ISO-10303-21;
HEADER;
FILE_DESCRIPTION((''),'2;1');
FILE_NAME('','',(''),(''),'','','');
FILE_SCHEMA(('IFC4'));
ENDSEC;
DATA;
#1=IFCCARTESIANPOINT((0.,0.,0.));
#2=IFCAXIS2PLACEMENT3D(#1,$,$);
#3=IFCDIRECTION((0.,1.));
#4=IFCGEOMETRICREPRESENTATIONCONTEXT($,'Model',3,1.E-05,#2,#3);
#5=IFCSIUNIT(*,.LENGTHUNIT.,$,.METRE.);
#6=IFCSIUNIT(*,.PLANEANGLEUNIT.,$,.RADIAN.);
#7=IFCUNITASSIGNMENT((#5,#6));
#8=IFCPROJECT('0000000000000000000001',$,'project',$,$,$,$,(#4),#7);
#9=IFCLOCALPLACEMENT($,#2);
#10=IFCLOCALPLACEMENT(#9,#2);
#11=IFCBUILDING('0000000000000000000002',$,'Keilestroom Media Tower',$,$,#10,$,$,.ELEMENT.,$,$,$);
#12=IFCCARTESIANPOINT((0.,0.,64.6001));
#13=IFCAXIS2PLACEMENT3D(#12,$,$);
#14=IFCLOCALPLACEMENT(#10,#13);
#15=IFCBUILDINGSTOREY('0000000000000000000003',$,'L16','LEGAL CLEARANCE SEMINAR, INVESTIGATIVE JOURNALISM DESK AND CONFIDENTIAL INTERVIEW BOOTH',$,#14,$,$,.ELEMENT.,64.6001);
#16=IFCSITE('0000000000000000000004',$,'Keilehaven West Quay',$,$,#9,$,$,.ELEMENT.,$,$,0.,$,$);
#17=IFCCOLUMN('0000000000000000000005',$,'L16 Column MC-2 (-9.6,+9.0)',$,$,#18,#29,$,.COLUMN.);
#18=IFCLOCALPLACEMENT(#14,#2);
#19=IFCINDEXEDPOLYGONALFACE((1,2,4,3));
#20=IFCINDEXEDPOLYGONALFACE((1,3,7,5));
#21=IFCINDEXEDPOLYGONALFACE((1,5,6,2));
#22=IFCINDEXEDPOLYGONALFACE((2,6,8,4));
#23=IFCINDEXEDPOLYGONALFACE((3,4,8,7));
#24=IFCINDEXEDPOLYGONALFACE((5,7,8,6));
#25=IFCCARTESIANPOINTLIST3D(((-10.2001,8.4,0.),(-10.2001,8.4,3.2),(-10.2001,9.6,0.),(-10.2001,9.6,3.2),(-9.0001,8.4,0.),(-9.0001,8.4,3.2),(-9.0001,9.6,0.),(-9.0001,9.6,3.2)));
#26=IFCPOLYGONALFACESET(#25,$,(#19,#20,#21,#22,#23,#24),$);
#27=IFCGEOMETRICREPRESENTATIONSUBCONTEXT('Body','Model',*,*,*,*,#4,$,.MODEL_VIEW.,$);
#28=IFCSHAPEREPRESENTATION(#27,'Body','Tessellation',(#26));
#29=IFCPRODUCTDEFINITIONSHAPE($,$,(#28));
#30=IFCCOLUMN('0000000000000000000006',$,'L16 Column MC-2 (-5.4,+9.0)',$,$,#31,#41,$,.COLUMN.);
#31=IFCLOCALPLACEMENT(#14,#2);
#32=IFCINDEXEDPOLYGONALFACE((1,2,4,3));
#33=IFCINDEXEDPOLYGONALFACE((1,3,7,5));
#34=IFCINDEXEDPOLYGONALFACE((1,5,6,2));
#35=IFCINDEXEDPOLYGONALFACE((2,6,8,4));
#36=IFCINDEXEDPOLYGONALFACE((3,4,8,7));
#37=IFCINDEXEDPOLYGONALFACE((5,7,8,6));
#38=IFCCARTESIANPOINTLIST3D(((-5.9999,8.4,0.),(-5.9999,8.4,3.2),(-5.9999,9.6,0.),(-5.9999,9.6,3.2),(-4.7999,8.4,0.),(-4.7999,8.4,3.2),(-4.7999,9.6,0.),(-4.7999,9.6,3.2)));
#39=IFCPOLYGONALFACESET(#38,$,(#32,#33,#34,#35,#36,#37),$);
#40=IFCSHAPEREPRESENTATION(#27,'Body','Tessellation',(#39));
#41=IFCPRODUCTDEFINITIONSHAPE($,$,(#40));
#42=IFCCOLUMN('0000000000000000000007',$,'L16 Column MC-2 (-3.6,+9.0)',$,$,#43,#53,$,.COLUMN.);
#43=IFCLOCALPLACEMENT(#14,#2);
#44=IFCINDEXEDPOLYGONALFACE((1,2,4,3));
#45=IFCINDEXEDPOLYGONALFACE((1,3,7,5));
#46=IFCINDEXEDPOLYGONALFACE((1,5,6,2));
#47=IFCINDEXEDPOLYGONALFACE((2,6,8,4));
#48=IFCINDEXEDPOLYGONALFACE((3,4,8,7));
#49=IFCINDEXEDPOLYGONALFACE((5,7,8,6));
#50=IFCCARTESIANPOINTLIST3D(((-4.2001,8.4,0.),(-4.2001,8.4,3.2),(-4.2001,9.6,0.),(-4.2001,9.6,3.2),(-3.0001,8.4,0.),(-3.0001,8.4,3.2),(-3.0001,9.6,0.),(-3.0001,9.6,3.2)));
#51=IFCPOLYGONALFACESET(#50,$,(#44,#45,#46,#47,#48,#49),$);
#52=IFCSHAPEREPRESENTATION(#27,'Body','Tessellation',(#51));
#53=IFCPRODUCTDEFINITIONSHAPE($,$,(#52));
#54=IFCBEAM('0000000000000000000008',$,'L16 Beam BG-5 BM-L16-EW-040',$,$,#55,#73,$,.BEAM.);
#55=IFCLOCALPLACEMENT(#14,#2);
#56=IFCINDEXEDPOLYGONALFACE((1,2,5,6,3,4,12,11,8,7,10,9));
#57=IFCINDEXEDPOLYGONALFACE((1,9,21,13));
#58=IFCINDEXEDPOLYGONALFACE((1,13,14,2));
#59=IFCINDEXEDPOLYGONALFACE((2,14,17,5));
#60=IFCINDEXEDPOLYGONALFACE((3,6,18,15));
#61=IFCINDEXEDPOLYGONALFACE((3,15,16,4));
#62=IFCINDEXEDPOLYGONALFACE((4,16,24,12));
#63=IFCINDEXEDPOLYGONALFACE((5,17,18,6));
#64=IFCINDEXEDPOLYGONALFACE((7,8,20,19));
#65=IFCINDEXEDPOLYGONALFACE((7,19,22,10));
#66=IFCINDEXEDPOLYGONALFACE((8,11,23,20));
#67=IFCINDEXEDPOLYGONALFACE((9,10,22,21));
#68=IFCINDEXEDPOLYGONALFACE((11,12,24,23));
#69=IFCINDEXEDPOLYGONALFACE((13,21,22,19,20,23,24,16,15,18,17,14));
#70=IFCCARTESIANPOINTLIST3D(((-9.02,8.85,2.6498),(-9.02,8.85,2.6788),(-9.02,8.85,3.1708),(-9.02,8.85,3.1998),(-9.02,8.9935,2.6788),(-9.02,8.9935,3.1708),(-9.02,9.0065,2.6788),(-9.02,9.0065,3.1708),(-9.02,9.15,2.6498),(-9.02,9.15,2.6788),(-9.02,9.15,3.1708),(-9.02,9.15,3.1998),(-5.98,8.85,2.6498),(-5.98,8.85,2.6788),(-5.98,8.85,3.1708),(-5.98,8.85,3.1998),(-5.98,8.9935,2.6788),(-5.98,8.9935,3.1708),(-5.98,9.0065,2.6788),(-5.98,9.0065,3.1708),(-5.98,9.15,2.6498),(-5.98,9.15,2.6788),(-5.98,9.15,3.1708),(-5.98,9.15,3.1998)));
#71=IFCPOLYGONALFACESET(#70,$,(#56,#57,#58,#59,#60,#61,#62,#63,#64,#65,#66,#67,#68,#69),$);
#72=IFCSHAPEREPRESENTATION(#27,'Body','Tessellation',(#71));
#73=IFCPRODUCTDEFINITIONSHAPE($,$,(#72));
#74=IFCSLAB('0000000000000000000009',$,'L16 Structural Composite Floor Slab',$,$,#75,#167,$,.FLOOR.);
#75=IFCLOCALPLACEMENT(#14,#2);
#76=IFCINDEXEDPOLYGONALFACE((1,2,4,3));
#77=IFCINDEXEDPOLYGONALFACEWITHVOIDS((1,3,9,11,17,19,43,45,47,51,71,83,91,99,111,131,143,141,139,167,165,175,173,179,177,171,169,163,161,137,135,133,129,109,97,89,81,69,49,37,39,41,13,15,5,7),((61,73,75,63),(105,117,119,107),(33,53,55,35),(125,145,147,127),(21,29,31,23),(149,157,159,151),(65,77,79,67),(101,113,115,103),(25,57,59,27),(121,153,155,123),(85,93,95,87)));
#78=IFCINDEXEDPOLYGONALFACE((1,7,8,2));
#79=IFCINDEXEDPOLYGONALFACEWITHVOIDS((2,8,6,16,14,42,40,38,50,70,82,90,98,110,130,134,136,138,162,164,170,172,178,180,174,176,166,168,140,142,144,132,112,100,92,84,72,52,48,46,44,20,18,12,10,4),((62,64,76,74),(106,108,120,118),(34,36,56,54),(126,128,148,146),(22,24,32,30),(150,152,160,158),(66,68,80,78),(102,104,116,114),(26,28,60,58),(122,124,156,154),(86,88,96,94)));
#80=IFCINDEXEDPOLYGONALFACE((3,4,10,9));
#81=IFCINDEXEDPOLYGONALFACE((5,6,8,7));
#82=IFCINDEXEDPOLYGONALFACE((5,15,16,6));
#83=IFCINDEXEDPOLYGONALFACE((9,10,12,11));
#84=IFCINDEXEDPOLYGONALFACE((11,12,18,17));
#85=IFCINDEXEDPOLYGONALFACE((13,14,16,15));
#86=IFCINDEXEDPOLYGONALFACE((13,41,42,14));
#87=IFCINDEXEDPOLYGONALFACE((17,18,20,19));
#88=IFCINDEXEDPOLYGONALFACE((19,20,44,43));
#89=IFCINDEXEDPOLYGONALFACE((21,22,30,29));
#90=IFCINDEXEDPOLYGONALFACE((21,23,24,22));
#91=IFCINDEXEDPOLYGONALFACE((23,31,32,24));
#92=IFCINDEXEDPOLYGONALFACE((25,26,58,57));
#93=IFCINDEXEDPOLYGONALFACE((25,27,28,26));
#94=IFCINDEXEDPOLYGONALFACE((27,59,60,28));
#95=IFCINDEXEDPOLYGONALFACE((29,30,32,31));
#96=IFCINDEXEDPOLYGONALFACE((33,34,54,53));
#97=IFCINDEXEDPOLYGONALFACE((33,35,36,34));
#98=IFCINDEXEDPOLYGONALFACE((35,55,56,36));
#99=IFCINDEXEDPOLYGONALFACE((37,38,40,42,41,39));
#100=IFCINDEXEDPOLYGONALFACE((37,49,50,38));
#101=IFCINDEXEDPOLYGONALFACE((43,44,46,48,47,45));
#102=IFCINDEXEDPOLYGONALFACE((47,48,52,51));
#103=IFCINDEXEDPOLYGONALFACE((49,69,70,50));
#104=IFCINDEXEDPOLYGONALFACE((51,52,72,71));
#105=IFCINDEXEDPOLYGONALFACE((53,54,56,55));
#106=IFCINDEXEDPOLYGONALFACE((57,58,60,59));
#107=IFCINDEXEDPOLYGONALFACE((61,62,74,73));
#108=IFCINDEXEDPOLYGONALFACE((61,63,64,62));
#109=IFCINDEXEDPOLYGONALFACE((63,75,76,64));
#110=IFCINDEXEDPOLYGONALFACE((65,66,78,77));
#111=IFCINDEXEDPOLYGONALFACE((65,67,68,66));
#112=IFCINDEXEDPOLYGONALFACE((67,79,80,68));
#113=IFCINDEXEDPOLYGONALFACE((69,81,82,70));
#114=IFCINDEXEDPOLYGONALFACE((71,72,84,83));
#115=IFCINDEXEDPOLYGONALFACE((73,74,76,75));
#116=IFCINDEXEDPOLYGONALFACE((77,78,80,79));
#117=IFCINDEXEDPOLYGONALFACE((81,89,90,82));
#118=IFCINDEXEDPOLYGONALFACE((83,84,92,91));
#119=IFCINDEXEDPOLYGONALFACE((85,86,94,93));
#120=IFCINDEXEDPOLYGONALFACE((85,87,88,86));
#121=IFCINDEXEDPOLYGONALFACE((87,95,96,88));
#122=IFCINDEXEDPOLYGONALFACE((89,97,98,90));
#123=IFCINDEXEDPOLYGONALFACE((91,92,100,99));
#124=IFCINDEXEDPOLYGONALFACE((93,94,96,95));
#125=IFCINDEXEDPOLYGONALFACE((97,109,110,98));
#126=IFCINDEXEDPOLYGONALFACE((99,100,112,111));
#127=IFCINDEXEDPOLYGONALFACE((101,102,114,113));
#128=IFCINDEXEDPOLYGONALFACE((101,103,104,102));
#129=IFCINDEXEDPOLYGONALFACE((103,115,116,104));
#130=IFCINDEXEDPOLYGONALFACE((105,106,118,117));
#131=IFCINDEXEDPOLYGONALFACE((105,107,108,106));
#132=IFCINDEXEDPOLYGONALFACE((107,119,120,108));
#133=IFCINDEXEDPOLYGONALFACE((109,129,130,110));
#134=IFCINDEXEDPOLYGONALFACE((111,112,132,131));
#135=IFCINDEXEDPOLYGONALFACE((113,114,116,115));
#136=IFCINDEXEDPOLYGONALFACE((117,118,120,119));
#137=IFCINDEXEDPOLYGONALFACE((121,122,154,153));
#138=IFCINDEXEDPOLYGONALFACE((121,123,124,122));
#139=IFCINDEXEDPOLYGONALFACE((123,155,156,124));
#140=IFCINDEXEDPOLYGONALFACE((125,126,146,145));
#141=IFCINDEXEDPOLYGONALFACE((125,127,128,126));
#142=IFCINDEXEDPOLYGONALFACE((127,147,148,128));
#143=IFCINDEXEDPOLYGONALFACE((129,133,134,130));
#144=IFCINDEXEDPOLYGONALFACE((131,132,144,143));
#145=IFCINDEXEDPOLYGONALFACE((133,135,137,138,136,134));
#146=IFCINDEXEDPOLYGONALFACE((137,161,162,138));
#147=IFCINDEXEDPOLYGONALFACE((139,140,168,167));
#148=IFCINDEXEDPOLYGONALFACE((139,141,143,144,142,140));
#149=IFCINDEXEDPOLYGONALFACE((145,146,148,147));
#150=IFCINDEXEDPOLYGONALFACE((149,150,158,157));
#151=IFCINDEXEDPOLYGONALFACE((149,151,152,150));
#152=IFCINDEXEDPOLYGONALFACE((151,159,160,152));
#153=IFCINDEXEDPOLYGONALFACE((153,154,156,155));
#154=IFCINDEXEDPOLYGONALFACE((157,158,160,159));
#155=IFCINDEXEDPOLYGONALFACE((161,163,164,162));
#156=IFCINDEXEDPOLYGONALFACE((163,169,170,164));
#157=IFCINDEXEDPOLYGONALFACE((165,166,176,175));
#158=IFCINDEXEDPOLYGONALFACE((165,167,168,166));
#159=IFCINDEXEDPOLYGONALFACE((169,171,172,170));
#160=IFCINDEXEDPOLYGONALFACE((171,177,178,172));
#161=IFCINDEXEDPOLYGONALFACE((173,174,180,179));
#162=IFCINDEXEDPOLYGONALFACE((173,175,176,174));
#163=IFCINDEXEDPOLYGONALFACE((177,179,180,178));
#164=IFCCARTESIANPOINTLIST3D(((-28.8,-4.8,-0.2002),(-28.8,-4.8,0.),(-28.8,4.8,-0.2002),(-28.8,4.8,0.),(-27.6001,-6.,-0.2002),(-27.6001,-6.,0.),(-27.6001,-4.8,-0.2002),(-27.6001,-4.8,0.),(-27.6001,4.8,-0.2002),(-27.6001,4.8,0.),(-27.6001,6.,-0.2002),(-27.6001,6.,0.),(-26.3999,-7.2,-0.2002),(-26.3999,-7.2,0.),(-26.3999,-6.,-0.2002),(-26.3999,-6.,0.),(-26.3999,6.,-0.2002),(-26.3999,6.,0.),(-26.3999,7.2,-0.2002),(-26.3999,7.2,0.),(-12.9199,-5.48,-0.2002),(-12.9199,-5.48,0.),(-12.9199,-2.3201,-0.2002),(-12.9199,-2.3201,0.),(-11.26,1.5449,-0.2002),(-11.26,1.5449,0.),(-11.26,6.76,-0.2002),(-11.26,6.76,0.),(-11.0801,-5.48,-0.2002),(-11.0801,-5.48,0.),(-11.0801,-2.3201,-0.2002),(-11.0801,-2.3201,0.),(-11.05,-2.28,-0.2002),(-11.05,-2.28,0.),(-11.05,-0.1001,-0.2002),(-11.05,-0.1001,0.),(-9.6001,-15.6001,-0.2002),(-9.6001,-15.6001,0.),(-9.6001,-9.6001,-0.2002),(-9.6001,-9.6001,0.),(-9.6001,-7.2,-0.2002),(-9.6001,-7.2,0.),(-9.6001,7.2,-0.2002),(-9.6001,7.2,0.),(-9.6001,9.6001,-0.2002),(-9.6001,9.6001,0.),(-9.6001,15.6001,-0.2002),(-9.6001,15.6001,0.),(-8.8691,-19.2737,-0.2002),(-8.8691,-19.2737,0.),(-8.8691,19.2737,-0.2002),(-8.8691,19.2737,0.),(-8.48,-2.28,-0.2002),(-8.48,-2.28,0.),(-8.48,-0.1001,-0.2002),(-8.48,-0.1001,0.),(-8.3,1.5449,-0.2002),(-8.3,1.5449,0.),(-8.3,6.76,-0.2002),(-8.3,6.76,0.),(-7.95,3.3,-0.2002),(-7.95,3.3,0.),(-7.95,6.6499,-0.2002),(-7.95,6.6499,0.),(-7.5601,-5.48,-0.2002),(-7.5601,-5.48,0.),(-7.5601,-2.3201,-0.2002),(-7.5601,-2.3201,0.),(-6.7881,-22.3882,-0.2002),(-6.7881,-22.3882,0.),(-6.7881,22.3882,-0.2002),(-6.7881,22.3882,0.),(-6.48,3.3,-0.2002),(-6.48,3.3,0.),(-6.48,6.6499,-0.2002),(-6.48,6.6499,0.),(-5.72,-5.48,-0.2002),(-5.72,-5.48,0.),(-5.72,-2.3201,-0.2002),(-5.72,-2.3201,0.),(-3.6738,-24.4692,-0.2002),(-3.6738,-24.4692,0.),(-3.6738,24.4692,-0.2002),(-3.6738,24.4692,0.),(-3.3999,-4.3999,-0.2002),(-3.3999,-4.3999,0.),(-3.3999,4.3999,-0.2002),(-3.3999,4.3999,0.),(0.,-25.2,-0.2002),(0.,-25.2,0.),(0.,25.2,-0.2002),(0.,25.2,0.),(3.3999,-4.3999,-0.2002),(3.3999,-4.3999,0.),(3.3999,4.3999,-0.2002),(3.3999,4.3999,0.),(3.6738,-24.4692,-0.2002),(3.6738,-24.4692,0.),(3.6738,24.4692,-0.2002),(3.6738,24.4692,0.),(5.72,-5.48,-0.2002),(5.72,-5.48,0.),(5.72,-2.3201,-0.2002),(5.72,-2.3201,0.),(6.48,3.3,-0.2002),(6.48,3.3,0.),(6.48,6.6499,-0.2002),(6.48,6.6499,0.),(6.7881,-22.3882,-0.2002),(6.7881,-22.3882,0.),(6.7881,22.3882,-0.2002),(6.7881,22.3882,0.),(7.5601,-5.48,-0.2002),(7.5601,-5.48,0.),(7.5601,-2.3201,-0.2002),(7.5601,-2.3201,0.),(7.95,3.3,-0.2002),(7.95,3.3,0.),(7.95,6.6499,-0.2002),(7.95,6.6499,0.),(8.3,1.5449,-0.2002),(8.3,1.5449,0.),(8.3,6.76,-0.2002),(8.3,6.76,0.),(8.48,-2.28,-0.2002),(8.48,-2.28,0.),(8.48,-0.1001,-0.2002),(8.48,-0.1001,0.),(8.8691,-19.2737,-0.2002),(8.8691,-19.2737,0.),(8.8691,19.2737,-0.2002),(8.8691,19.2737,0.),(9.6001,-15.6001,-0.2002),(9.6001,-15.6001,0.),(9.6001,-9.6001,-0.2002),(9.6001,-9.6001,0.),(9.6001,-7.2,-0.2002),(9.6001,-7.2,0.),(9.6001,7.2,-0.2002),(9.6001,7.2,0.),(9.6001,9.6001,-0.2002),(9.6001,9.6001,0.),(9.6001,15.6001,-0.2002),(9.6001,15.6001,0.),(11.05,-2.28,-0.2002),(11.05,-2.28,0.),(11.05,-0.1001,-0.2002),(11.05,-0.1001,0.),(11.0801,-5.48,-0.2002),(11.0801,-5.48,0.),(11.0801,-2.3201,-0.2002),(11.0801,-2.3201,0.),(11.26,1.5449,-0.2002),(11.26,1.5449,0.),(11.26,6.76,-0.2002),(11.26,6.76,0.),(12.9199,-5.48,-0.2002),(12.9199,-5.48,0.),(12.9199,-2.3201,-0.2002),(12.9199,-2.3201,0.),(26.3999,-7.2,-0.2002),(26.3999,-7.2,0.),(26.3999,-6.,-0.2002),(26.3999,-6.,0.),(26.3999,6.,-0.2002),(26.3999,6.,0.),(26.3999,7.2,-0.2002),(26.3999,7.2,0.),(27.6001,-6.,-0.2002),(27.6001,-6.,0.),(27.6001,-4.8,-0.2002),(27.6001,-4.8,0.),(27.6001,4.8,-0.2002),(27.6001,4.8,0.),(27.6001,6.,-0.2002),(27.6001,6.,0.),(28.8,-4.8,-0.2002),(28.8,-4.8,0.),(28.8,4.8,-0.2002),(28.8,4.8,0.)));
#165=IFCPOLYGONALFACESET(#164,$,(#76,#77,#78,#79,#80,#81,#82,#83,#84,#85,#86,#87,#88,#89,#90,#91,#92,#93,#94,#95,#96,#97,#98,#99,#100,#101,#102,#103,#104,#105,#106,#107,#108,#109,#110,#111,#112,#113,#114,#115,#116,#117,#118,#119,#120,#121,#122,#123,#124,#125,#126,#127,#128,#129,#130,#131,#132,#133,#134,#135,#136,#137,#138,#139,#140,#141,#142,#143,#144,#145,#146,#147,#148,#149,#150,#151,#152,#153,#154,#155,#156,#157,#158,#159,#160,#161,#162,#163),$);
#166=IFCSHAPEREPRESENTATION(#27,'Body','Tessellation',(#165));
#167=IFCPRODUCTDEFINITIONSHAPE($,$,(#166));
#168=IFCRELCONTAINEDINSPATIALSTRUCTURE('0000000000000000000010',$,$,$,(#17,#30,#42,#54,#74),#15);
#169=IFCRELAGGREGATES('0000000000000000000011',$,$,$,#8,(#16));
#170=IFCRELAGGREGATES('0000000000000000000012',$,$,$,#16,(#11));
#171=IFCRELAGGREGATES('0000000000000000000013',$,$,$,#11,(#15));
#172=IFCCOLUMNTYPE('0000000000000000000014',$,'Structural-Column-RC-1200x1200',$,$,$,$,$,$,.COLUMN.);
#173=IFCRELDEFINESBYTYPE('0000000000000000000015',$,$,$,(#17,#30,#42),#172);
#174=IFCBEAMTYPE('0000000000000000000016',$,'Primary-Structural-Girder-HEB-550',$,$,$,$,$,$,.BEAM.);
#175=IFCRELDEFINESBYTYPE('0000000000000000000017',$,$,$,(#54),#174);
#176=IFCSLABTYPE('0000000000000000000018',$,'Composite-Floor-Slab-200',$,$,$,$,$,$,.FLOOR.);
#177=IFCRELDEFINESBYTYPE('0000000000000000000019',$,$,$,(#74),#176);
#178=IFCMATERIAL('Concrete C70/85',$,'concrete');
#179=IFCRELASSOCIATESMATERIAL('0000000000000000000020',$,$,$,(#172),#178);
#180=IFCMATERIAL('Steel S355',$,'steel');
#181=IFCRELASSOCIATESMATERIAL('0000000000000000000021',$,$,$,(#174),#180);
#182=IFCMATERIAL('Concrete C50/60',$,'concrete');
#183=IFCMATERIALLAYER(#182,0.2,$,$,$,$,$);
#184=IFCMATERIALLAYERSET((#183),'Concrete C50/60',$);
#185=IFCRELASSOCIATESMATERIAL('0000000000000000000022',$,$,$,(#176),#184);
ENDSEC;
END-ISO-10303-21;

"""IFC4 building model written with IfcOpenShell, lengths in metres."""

from ifc_helpers import new_model, si_unit, direction, frame, origin, origin_2d, place, context, subcontext, project, spatial, polyline, rectangle, i_section, outline, extrude, source, transform, mapped, material, layer, layer_set, material_profile, profile_set, type_object, element, save


model = new_model("IFC4")

# Units and contexts
model_context = context("Model", 3, precision=1e-05, world=origin(), true_north=direction((0.0, 1.0)))
body_context = subcontext(model_context, "Body", "Model", "MODEL_VIEW")
ifc_project = project(units=[si_unit("LENGTHUNIT", "METRE"), si_unit("PLANEANGLEUNIT", "RADIAN")], contexts=[model_context])

# Site, building, storey
site_placement = place(None, origin())
site = spatial("IfcSite", under=ifc_project, at=site_placement, Name="Keilehaven West Quay", CompositionType="ELEMENT", RefElevation=0.0)
building_placement = place(site_placement, origin())
building = spatial("IfcBuilding", under=site, at=building_placement, Name="Keilestroom Media Tower", CompositionType="ELEMENT")
storey_placement = place(building_placement, frame((0.0, 0.0, 64.6001)))
storey = spatial("IfcBuildingStorey", under=building, at=storey_placement, Name="L16", Description="LEGAL CLEARANCE SEMINAR, INVESTIGATIVE JOURNALISM DESK AND CONFIDENTIAL INTERVIEW BOOTH", CompositionType="ELEMENT", Elevation=64.6001)

# Columns
ifc_material_1 = material(Name="Concrete C70/85", Category="concrete")
ifc_material_profile_1 = material_profile(ifc_material_1, rectangle(XDim=1.2, YDim=1.2, at=origin_2d()), Name="RC 1200x1200")
ifc_profile_set_1 = profile_set([ifc_material_profile_1], Name="Concrete C70/85")
column_type = type_object("IfcColumnType", Name="Structural-Column-RC-1200x1200", PredefinedType="COLUMN", material=ifc_profile_set_1)
shared_shape_1 = source(origin(), body_context, "Body", "SweptSolid", [
    extrude(rectangle(XDim=1.2, YDim=1.2, at=origin_2d()), origin(), (0.0, 0.0, 1.0), 3.2),
])
for number, where, z_axis, x_axis, name in (
    (1, (-9.6001, 9.0, 0.0), (0.0, 0.0, 1.0), (1.0, 0.0, 0.0), "L16 Column MC-2 (-9.6,+9.0)"),
    (2, (-5.3999, 9.0, 0.0), (0.0, 0.0, 1.0), (1.0, 0.0, 0.0), "L16 Column MC-2 (-5.4,+9.0)"),
    (3, (-3.6001, 9.0, 0.0), (0.0, 0.0, 1.0), (1.0, 0.0, 0.0), "L16 Column MC-2 (-3.6,+9.0)"),
):
    element("IfcColumn", number, at=place(storey_placement, frame(where, z_axis=z_axis, x_axis=x_axis)), inside=storey, type_object=column_type, Name=name, PredefinedType="COLUMN", context=body_context, shape_type="MappedRepresentation", body=[
        mapped(shared_shape_1, transform((0.0, 0.0, 0.0), x_axis=(1.0, 0.0, 0.0), y_axis=(0.0, 1.0, 0.0), z_axis=(0.0, 0.0, 1.0), scale=1.0)),
    ])

# Beam
ifc_material_2 = material(Name="Steel S355", Category="steel")
ifc_material_profile_2 = material_profile(ifc_material_2, i_section(OverallWidth=0.3, OverallDepth=0.55, WebThickness=0.0129, FlangeThickness=0.0291, at=origin_2d()), Name="HEB 550")
ifc_profile_set_2 = profile_set([ifc_material_profile_2], Name="Steel S355")
beam_type = type_object("IfcBeamType", Name="Primary-Structural-Girder-HEB-550", PredefinedType="BEAM", material=ifc_profile_set_2)
shared_shape_2 = source(origin(), body_context, "Body", "SweptSolid", [
    extrude(i_section(OverallWidth=0.3, OverallDepth=0.55, WebThickness=0.0129, FlangeThickness=0.0291, at=origin_2d()), origin(), (0.0, 0.0, 1.0), 3.04),
])
beam_placement = place(storey_placement, frame((-9.02, 9.0, 2.9248), z_axis=(1.0, 0.0, 0.0), x_axis=(0.0, 1.0, 0.0)))
element("IfcBeam", 4, at=beam_placement, inside=storey, type_object=beam_type, Name="L16 Beam BG-5 BM-L16-EW-040", PredefinedType="BEAM", context=body_context, shape_type="MappedRepresentation", body=[
    mapped(shared_shape_2, transform((0.0, 0.0, 0.0), x_axis=(1.0, 0.0, 0.0), y_axis=(0.0, 1.0, 0.0), z_axis=(0.0, 0.0, 1.0), scale=1.0)),
])

# Slab
ifc_material_3 = material(Name="Concrete C50/60", Category="concrete")
ifc_layer_1 = layer(ifc_material_3, 0.2)
ifc_layer_set_1 = layer_set([ifc_layer_1], Name="Concrete C50/60")
slab_type = type_object("IfcSlabType", Name="Composite-Floor-Slab-200", PredefinedType="FLOOR", material=ifc_layer_set_1)
slab_placement = place(storey_placement, frame((0.0, 0.0, -0.2002)))
element("IfcSlab", 5, at=slab_placement, inside=storey, type_object=slab_type, Name="L16 Structural Composite Floor Slab", PredefinedType="FLOOR", context=body_context, shape_type="SweptSolid", body=[
    extrude(outline(polyline([(28.8, -4.8), (28.8, 4.8), (27.6001, 4.8), (27.6001, 6.0), (26.3999, 6.0), (26.3999, 7.2), (9.6001, 7.2), (9.6001, 9.6001), (9.6001, 15.6001), (8.8691, 19.2737), (6.7881, 22.3882), (3.6738, 24.4692), (0.0, 25.2), (-3.6738, 24.4692), (-6.7881, 22.3882), (-8.8691, 19.2737), (-9.6001, 15.6001), (-9.6001, 9.6001), (-9.6001, 7.2), (-26.3999, 7.2), (-26.3999, 6.0), (-27.6001, 6.0), (-27.6001, 4.8), (-28.8, 4.8), (-28.8, -4.8), (-27.6001, -4.8), (-27.6001, -6.0), (-26.3999, -6.0), (-26.3999, -7.2), (-9.6001, -7.2), (-9.6001, -9.6001), (-9.6001, -15.6001), (-8.8691, -19.2737), (-6.7881, -22.3882), (-3.6738, -24.4692), (0.0, -25.2), (3.6738, -24.4692), (6.7881, -22.3882), (8.8691, -19.2737), (9.6001, -15.6001), (9.6001, -9.6001), (9.6001, -7.2), (26.3999, -7.2), (26.3999, -6.0), (27.6001, -6.0), (27.6001, -4.8), (28.8, -4.8)]), holes=[polyline([(-12.9199, -5.48), (-12.9199, -2.3201), (-11.0801, -2.3201), (-11.0801, -5.48), (-12.9199, -5.48)]), polyline([(-11.26, 1.5449), (-11.26, 6.76), (-8.3, 6.76), (-8.3, 1.5449), (-11.26, 1.5449)]), polyline([(-11.05, -2.28), (-11.05, -0.1001), (-8.48, -0.1001), (-8.48, -2.28), (-11.05, -2.28)]), polyline([(-7.95, 3.3), (-7.95, 6.6499), (-6.48, 6.6499), (-6.48, 3.3), (-7.95, 3.3)]), polyline([(-7.5601, -5.48), (-7.5601, -2.3201), (-5.72, -2.3201), (-5.72, -5.48), (-7.5601, -5.48)]), polyline([(-3.3999, -4.3999), (-3.3999, 4.3999), (3.3999, 4.3999), (3.3999, -4.3999), (-3.3999, -4.3999)]), polyline([(5.72, -5.48), (5.72, -2.3201), (7.5601, -2.3201), (7.5601, -5.48), (5.72, -5.48)]), polyline([(7.95, 6.6499), (7.95, 3.3), (6.48, 3.3), (6.48, 6.6499), (7.95, 6.6499)]), polyline([(8.3, 6.76), (11.26, 6.76), (11.26, 1.5449), (8.3, 1.5449), (8.3, 6.76)]), polyline([(8.48, -2.28), (8.48, -0.1001), (11.05, -0.1001), (11.05, -2.28), (8.48, -2.28)]), polyline([(12.9199, -5.48), (11.0801, -5.48), (11.0801, -2.3201), (12.9199, -2.3201), (12.9199, -5.48)])]), origin(), (0.0, 0.0, 1.0), 0.2002),
])

save(model, "model.ifc")
